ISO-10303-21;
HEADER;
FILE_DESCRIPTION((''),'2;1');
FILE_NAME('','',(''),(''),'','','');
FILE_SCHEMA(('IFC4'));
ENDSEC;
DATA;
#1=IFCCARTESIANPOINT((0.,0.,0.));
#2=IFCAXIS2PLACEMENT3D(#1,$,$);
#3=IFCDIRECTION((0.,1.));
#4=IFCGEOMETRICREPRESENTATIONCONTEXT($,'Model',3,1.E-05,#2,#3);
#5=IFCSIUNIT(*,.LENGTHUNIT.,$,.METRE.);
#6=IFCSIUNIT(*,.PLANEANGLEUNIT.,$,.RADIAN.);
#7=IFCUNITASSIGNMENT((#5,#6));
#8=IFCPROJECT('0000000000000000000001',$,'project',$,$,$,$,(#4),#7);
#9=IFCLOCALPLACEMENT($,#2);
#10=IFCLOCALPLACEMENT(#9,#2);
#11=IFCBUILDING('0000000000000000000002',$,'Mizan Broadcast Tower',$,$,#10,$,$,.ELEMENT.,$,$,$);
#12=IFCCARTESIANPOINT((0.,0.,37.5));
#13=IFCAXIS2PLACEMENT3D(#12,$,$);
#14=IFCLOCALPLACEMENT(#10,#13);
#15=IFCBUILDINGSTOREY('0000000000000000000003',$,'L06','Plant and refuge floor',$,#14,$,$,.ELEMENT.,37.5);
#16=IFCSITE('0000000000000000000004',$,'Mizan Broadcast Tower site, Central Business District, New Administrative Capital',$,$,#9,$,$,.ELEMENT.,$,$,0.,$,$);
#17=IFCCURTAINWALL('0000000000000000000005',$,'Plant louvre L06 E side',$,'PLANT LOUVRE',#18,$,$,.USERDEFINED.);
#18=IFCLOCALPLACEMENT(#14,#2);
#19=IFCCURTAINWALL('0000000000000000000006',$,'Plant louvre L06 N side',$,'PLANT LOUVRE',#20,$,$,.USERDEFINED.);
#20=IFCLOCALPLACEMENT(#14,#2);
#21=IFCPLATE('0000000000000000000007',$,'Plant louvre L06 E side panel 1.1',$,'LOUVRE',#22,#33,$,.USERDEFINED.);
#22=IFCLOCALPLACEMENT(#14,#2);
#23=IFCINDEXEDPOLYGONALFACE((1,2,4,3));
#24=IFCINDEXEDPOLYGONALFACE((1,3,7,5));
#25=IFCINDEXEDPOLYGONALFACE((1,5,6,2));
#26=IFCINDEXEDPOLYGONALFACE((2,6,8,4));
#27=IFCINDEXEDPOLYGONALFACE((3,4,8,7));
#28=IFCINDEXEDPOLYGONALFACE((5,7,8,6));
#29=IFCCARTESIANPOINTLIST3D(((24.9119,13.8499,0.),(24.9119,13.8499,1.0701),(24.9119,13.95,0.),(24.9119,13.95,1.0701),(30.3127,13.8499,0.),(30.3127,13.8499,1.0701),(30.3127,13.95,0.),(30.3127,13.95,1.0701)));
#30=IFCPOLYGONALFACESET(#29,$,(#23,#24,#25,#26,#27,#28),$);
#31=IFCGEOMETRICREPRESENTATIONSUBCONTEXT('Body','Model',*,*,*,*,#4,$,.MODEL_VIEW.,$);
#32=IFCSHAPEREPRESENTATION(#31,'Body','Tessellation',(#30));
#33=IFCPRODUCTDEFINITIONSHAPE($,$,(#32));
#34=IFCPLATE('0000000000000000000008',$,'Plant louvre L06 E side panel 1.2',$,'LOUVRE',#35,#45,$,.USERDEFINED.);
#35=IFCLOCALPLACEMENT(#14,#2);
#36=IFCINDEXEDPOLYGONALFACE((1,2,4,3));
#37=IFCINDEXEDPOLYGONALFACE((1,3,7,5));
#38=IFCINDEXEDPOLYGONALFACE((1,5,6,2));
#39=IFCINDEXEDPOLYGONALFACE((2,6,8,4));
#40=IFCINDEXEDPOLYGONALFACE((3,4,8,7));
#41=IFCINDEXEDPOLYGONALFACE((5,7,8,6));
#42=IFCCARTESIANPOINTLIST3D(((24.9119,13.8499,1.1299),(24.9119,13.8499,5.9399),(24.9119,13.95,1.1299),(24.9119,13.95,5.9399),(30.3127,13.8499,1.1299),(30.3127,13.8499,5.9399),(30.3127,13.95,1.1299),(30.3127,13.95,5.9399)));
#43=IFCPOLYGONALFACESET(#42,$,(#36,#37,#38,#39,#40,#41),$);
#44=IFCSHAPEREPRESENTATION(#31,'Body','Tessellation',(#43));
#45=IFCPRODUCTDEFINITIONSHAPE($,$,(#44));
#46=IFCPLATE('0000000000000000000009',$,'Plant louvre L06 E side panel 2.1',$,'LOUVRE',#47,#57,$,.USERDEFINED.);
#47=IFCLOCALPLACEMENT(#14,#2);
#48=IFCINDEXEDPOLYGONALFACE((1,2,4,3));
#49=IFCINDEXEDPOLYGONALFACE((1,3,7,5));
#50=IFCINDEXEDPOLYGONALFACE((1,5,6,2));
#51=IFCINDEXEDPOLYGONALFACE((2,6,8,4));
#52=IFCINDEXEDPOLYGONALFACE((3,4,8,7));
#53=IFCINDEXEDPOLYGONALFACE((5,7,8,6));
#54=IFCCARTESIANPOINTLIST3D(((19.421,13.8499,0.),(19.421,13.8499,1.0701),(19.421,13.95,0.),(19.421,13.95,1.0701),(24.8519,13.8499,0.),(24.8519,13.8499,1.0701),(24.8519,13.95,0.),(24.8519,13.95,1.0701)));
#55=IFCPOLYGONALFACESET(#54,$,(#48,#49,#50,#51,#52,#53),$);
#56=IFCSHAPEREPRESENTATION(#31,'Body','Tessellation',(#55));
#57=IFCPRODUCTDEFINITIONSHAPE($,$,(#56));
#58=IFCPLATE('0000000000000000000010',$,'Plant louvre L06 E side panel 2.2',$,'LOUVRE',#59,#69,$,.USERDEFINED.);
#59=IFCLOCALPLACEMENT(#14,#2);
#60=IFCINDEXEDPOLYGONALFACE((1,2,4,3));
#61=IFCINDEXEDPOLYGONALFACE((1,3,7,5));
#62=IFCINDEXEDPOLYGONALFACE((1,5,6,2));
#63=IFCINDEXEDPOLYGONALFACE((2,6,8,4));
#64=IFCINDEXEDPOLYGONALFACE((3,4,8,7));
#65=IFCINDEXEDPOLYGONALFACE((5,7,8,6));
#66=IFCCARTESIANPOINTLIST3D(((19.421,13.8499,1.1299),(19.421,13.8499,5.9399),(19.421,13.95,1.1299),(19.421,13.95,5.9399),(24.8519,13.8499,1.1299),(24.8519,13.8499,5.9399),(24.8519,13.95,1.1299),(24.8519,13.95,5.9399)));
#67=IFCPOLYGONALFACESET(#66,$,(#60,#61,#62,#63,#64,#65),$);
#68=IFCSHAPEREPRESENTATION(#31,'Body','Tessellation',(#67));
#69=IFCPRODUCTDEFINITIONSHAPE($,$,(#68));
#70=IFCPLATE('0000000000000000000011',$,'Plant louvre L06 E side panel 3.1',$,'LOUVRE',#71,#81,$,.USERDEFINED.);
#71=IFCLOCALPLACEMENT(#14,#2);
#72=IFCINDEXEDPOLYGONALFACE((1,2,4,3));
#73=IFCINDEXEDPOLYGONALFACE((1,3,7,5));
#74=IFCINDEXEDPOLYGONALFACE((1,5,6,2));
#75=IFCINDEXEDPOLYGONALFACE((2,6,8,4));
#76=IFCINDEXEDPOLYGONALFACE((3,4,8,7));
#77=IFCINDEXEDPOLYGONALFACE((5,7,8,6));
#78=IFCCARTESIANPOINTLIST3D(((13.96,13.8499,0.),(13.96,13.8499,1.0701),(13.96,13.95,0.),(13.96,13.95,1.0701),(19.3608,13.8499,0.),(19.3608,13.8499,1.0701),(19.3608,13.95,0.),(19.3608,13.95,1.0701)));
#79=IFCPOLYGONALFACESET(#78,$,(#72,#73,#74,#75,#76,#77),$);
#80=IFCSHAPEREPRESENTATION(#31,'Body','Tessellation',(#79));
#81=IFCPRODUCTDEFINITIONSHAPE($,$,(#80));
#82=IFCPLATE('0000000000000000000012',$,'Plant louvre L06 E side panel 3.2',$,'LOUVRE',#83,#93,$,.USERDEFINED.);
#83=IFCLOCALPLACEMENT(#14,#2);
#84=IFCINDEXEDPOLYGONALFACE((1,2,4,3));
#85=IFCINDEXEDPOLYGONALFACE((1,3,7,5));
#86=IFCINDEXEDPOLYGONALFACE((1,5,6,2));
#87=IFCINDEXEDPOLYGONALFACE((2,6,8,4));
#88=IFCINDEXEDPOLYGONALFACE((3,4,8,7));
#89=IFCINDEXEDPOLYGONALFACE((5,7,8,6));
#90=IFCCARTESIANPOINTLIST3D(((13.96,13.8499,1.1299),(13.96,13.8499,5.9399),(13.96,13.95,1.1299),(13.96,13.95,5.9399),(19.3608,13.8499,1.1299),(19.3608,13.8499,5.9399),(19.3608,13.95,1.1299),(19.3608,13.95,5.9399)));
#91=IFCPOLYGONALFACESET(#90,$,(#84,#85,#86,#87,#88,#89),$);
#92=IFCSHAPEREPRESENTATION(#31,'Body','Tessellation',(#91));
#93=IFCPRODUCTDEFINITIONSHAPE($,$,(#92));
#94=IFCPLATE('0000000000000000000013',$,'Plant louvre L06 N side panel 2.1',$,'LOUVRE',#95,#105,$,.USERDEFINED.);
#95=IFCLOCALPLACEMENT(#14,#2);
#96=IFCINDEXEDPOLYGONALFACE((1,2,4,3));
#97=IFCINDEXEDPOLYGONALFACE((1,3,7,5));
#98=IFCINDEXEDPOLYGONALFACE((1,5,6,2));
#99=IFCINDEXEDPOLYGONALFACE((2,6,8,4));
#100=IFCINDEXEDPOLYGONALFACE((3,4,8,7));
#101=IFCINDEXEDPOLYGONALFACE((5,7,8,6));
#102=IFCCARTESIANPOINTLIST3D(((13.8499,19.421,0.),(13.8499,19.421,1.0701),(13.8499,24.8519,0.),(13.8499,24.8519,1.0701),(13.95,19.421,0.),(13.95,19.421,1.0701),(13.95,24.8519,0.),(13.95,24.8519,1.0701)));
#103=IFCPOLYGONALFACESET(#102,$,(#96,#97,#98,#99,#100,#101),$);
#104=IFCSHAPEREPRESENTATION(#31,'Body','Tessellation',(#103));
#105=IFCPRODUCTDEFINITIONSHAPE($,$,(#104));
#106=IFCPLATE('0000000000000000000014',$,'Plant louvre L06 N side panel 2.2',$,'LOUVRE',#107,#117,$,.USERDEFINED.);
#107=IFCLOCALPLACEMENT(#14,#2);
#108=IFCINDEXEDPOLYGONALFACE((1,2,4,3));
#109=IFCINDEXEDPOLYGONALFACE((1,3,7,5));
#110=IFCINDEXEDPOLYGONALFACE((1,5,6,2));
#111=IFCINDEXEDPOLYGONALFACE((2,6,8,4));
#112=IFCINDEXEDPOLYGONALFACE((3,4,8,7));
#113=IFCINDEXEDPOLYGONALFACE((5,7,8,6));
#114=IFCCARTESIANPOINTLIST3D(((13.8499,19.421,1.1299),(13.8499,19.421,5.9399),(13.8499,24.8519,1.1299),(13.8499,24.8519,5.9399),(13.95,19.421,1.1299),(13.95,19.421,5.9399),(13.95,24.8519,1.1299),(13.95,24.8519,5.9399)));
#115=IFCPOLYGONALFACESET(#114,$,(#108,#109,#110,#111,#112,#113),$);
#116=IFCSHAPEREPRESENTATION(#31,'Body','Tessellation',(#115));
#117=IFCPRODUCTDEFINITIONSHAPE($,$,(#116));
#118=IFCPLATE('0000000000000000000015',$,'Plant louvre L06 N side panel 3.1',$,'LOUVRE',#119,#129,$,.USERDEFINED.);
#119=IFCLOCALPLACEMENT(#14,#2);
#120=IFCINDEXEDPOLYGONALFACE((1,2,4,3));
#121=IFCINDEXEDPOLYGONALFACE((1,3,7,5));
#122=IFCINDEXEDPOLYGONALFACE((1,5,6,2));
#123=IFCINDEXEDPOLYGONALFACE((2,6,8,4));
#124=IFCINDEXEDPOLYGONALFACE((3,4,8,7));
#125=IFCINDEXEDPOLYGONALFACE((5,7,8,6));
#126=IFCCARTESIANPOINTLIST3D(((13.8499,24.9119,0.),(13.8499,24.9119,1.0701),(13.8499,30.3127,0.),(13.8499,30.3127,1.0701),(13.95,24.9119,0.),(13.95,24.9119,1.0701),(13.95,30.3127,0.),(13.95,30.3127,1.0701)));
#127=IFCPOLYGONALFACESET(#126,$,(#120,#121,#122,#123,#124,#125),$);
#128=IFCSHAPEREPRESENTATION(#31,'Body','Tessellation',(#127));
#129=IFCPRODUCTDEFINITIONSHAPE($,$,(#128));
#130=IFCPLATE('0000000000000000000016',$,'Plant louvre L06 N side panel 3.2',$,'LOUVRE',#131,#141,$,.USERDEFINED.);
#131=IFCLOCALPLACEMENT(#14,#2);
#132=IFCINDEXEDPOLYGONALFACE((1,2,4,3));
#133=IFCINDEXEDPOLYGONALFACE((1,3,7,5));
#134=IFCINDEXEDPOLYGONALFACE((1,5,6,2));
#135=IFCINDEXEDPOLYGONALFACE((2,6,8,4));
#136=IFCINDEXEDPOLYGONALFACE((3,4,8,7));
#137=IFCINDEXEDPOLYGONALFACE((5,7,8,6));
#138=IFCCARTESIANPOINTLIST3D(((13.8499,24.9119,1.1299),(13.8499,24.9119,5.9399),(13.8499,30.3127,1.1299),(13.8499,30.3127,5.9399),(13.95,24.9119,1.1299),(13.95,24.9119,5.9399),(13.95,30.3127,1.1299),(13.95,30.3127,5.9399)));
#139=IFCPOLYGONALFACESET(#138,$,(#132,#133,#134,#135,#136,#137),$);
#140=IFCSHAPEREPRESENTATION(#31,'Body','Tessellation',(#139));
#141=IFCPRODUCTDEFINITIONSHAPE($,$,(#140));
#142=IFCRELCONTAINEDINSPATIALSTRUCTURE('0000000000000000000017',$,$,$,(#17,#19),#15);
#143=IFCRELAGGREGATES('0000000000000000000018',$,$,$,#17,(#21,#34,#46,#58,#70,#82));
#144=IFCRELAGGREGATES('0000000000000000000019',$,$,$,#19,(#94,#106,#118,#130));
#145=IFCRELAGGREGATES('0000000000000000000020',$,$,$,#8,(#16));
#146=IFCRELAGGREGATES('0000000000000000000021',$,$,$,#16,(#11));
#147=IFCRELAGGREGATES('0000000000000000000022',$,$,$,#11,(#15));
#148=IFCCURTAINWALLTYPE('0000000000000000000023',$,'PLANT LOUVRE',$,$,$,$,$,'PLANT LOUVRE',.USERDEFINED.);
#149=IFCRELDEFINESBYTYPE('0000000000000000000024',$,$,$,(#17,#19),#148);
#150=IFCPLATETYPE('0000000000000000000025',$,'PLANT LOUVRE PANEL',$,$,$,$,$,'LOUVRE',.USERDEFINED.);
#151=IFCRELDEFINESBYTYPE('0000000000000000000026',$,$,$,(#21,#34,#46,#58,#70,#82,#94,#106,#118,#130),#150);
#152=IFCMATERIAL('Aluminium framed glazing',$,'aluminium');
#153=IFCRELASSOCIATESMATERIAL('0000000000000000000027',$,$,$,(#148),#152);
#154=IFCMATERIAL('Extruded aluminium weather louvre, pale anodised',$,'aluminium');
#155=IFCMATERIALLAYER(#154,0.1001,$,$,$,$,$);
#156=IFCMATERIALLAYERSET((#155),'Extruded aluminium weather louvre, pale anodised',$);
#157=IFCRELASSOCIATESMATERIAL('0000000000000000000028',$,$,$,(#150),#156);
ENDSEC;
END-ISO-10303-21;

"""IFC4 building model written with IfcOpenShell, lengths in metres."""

from ifc_helpers import new_model, si_unit, direction, frame, origin, origin_2d, place, context, subcontext, project, spatial, rectangle, extrude, material, layer, layer_set, type_object, element, aggregate, save


model = new_model("IFC4")

# Units and contexts
model_context = context("Model", 3, precision=1e-05, world=origin(), true_north=direction((0.0, 1.0)))
body_context = subcontext(model_context, "Body", "Model", "MODEL_VIEW")
ifc_project = project(units=[si_unit("LENGTHUNIT", "METRE"), si_unit("PLANEANGLEUNIT", "RADIAN")], contexts=[model_context])

# Site, building, storey
site_placement = place(None, origin())
site = spatial("IfcSite", under=ifc_project, at=site_placement, Name="Mizan Broadcast Tower site, Central Business District, New Administrative Capital", CompositionType="ELEMENT", RefElevation=0.0)
building_placement = place(site_placement, origin())
building = spatial("IfcBuilding", under=site, at=building_placement, Name="Mizan Broadcast Tower", CompositionType="ELEMENT")
storey_placement = place(building_placement, frame((0.0, 0.0, 37.5)))
storey = spatial("IfcBuildingStorey", under=building, at=storey_placement, Name="L06", Description="Plant and refuge floor", CompositionType="ELEMENT", Elevation=37.5)

# Shared definitions
ifc_material_1 = material(Name="Aluminium framed glazing", Category="aluminium")
curtain_wall_type = type_object("IfcCurtainWallType", Name="PLANT LOUVRE", ElementType="PLANT LOUVRE", PredefinedType="USERDEFINED", material=ifc_material_1)

# Curtain walls
curtain_wall_1_placement = place(storey_placement, origin())
curtain_wall_1 = element("IfcCurtainWall", 1, at=curtain_wall_1_placement, inside=storey, type_object=curtain_wall_type, Name="Plant louvre L06 E side", ObjectType="PLANT LOUVRE", PredefinedType="USERDEFINED")
curtain_wall_2_placement = place(storey_placement, origin())
curtain_wall_2 = element("IfcCurtainWall", 2, at=curtain_wall_2_placement, inside=storey, type_object=curtain_wall_type, Name="Plant louvre L06 N side", ObjectType="PLANT LOUVRE", PredefinedType="USERDEFINED")

# Plates
ifc_material_2 = material(Name="Extruded aluminium weather louvre, pale anodised", Category="aluminium")
ifc_layer = layer(ifc_material_2, 0.1001)
ifc_layer_set = layer_set([ifc_layer], Name="Extruded aluminium weather louvre, pale anodised")
plate_type = type_object("IfcPlateType", Name="PLANT LOUVRE PANEL", ElementType="LOUVRE", PredefinedType="USERDEFINED", material=ifc_layer_set)
plate_1_placement = place(storey_placement, frame((27.6123, 13.8999, 0.0), z_axis=(0.0, 0.0, 1.0), x_axis=(-1.0, 0.0, 0.0)))
plate_1 = element("IfcPlate", 3, at=plate_1_placement, type_object=plate_type, Name="Plant louvre L06 E side panel 1.1", ObjectType="LOUVRE", PredefinedType="USERDEFINED", context=body_context, shape_type="SweptSolid", body=[
    extrude(rectangle(XDim=5.4009, YDim=0.1001, at=origin_2d()), origin(), (0.0, 0.0, 1.0), 1.0701),
])
plate_2_placement = place(storey_placement, frame((27.6123, 13.8999, 1.1299), z_axis=(0.0, 0.0, 1.0), x_axis=(-1.0, 0.0, 0.0)))
plate_2 = element("IfcPlate", 4, at=plate_2_placement, type_object=plate_type, Name="Plant louvre L06 E side panel 1.2", ObjectType="LOUVRE", PredefinedType="USERDEFINED", context=body_context, shape_type="SweptSolid", body=[
    extrude(rectangle(XDim=5.4009, YDim=0.1001, at=origin_2d()), origin(), (0.0, 0.0, 1.0), 4.8101),
])
plate_3_placement = place(storey_placement, frame((22.1365, 13.8999, 0.0), z_axis=(0.0, 0.0, 1.0), x_axis=(-1.0, 0.0, 0.0)))
plate_3 = element("IfcPlate", 5, at=plate_3_placement, type_object=plate_type, Name="Plant louvre L06 E side panel 2.1", ObjectType="LOUVRE", PredefinedType="USERDEFINED", context=body_context, shape_type="SweptSolid", body=[
    extrude(rectangle(XDim=5.4309, YDim=0.1001, at=origin_2d()), origin(), (0.0, 0.0, 1.0), 1.0701),
])
plate_4_placement = place(storey_placement, frame((22.1365, 13.8999, 1.1299), z_axis=(0.0, 0.0, 1.0), x_axis=(-1.0, 0.0, 0.0)))
plate_4 = element("IfcPlate", 6, at=plate_4_placement, type_object=plate_type, Name="Plant louvre L06 E side panel 2.2", ObjectType="LOUVRE", PredefinedType="USERDEFINED", context=body_context, shape_type="SweptSolid", body=[
    extrude(rectangle(XDim=5.4309, YDim=0.1001, at=origin_2d()), origin(), (0.0, 0.0, 1.0), 4.8101),
])
plate_5_placement = place(storey_placement, frame((16.6604, 13.8999, 0.0), z_axis=(0.0, 0.0, 1.0), x_axis=(-1.0, 0.0, 0.0)))
plate_5 = element("IfcPlate", 7, at=plate_5_placement, type_object=plate_type, Name="Plant louvre L06 E side panel 3.1", ObjectType="LOUVRE", PredefinedType="USERDEFINED", context=body_context, shape_type="SweptSolid", body=[
    extrude(rectangle(XDim=5.4009, YDim=0.1001, at=origin_2d()), origin(), (0.0, 0.0, 1.0), 1.0701),
])
plate_6_placement = place(storey_placement, frame((16.6604, 13.8999, 1.1299), z_axis=(0.0, 0.0, 1.0), x_axis=(-1.0, 0.0, 0.0)))
plate_6 = element("IfcPlate", 8, at=plate_6_placement, type_object=plate_type, Name="Plant louvre L06 E side panel 3.2", ObjectType="LOUVRE", PredefinedType="USERDEFINED", context=body_context, shape_type="SweptSolid", body=[
    extrude(rectangle(XDim=5.4009, YDim=0.1001, at=origin_2d()), origin(), (0.0, 0.0, 1.0), 4.8101),
])
aggregate(curtain_wall_1, [plate_1, plate_2, plate_3, plate_4, plate_5, plate_6])
plate_7_placement = place(storey_placement, frame((13.8999, 22.1365, 0.0), z_axis=(0.0, 0.0, 1.0), x_axis=(0.0, 1.0, 0.0)))
plate_7 = element("IfcPlate", 9, at=plate_7_placement, type_object=plate_type, Name="Plant louvre L06 N side panel 2.1", ObjectType="LOUVRE", PredefinedType="USERDEFINED", context=body_context, shape_type="SweptSolid", body=[
    extrude(rectangle(XDim=5.4309, YDim=0.1001, at=origin_2d()), origin(), (0.0, 0.0, 1.0), 1.0701),
])
plate_8_placement = place(storey_placement, frame((13.8999, 22.1365, 1.1299), z_axis=(0.0, 0.0, 1.0), x_axis=(0.0, 1.0, 0.0)))
plate_8 = element("IfcPlate", 10, at=plate_8_placement, type_object=plate_type, Name="Plant louvre L06 N side panel 2.2", ObjectType="LOUVRE", PredefinedType="USERDEFINED", context=body_context, shape_type="SweptSolid", body=[
    extrude(rectangle(XDim=5.4309, YDim=0.1001, at=origin_2d()), origin(), (0.0, 0.0, 1.0), 4.8101),
])
plate_9_placement = place(storey_placement, frame((13.8999, 27.6123, 0.0), z_axis=(0.0, 0.0, 1.0), x_axis=(0.0, 1.0, 0.0)))
plate_9 = element("IfcPlate", 11, at=plate_9_placement, type_object=plate_type, Name="Plant louvre L06 N side panel 3.1", ObjectType="LOUVRE", PredefinedType="USERDEFINED", context=body_context, shape_type="SweptSolid", body=[
    extrude(rectangle(XDim=5.4009, YDim=0.1001, at=origin_2d()), origin(), (0.0, 0.0, 1.0), 1.0701),
])
plate_10_placement = place(storey_placement, frame((13.8999, 27.6123, 1.1299), z_axis=(0.0, 0.0, 1.0), x_axis=(0.0, 1.0, 0.0)))
plate_10 = element("IfcPlate", 12, at=plate_10_placement, type_object=plate_type, Name="Plant louvre L06 N side panel 3.2", ObjectType="LOUVRE", PredefinedType="USERDEFINED", context=body_context, shape_type="SweptSolid", body=[
    extrude(rectangle(XDim=5.4009, YDim=0.1001, at=origin_2d()), origin(), (0.0, 0.0, 1.0), 4.8101),
])
aggregate(curtain_wall_2, [plate_7, plate_8, plate_9, plate_10])

save(model, "model.ifc")
